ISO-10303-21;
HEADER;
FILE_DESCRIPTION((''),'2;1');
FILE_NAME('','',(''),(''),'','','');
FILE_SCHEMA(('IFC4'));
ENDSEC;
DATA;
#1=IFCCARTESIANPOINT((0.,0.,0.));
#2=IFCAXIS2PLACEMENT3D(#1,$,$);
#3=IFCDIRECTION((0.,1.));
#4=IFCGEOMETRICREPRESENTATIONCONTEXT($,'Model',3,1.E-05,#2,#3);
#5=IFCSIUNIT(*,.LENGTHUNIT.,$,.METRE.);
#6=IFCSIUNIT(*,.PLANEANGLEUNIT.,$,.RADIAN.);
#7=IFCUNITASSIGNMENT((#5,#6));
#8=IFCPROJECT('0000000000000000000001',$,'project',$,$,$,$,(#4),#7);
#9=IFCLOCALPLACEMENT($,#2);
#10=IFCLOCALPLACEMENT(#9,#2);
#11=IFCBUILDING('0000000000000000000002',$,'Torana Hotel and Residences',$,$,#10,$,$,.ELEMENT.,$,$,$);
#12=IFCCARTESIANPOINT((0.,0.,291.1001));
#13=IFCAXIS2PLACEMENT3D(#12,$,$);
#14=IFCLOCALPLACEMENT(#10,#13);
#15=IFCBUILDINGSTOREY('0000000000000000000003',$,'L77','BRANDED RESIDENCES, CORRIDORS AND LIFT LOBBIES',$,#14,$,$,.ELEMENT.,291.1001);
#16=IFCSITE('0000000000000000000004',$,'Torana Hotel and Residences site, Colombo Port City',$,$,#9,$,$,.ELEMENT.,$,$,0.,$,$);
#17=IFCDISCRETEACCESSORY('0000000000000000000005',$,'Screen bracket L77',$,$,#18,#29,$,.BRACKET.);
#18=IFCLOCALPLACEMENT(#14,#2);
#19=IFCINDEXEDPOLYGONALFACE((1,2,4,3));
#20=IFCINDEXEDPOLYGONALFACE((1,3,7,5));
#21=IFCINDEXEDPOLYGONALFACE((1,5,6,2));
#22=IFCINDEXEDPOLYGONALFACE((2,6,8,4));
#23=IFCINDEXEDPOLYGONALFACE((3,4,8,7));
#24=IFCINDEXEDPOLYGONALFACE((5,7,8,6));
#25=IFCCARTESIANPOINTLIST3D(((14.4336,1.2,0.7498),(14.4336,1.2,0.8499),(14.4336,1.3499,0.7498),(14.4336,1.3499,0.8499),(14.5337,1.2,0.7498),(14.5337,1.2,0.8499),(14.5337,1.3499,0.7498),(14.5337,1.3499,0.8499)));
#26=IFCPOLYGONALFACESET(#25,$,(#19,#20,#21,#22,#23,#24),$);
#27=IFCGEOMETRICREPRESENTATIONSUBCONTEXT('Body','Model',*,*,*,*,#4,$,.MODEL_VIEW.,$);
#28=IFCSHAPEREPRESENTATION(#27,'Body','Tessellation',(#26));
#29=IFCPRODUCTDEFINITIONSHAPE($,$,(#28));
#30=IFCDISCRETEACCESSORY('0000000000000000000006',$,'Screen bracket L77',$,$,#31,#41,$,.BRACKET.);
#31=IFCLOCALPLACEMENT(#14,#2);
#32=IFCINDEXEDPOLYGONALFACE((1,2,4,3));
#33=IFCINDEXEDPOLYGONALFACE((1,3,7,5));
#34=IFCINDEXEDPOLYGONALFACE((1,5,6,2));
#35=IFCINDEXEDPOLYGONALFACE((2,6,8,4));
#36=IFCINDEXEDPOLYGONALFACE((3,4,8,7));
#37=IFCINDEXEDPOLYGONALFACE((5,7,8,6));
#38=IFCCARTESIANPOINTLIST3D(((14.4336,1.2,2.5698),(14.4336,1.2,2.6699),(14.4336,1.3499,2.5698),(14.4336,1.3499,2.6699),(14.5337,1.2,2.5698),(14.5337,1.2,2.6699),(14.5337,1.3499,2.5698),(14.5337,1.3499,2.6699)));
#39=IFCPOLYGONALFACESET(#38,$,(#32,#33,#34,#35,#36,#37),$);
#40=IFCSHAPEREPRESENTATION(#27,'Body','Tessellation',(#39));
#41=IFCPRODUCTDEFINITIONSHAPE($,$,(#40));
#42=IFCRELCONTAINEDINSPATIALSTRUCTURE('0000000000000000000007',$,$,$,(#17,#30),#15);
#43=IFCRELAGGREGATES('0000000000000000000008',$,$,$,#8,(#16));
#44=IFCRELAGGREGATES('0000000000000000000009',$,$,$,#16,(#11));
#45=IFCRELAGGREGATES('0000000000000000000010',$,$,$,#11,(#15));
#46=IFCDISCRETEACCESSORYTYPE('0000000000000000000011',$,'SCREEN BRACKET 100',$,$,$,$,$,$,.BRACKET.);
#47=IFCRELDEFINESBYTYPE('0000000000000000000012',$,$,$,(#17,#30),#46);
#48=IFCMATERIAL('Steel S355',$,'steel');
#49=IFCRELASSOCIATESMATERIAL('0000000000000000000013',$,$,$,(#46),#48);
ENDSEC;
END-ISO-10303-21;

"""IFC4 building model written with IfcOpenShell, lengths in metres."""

from ifc_helpers import new_model, si_unit, direction, frame, origin, origin_2d, place, context, subcontext, project, spatial, rectangle, extrude, material, type_object, element, save


model = new_model("IFC4")

# Units and contexts
model_context = context("Model", 3, precision=1e-05, world=origin(), true_north=direction((0.0, 1.0)))
body_context = subcontext(model_context, "Body", "Model", "MODEL_VIEW")
ifc_project = project(units=[si_unit("LENGTHUNIT", "METRE"), si_unit("PLANEANGLEUNIT", "RADIAN")], contexts=[model_context])

# Site, building, storey
site_placement = place(None, origin())
site = spatial("IfcSite", under=ifc_project, at=site_placement, Name="Torana Hotel and Residences site, Colombo Port City", CompositionType="ELEMENT", RefElevation=0.0)
building_placement = place(site_placement, origin())
building = spatial("IfcBuilding", under=site, at=building_placement, Name="Torana Hotel and Residences", CompositionType="ELEMENT")
storey_placement = place(building_placement, frame((0.0, 0.0, 291.1001)))
storey = spatial("IfcBuildingStorey", under=building, at=storey_placement, Name="L77", Description="BRANDED RESIDENCES, CORRIDORS AND LIFT LOBBIES", CompositionType="ELEMENT", Elevation=291.1001)

# Discrete accessories
ifc_material_1 = material(Name="Steel S355", Category="steel")
discrete_accessory_type = type_object("IfcDiscreteAccessoryType", Name="SCREEN BRACKET 100", PredefinedType="BRACKET", material=ifc_material_1)
for number, where, z_axis, x_axis, name in (
    (1, (14.4836, 1.2749, 0.7498), (0.0, 0.0, 1.0), (-1.0, 0.0, 0.0), "Screen bracket L77"),
    (2, (14.4836, 1.2749, 2.5698), (0.0, 0.0, 1.0), (-1.0, 0.0, 0.0), "Screen bracket L77"),
):
    element("IfcDiscreteAccessory", number, at=place(storey_placement, frame(where, z_axis=z_axis, x_axis=x_axis)), inside=storey, type_object=discrete_accessory_type, Name=name, PredefinedType="BRACKET", context=body_context, shape_type="SweptSolid", body=[
        extrude(rectangle(XDim=0.1001, YDim=0.1499, at=origin_2d()), origin(), (0.0, 0.0, 1.0), 0.1001),
    ])

save(model, "model.ifc")
